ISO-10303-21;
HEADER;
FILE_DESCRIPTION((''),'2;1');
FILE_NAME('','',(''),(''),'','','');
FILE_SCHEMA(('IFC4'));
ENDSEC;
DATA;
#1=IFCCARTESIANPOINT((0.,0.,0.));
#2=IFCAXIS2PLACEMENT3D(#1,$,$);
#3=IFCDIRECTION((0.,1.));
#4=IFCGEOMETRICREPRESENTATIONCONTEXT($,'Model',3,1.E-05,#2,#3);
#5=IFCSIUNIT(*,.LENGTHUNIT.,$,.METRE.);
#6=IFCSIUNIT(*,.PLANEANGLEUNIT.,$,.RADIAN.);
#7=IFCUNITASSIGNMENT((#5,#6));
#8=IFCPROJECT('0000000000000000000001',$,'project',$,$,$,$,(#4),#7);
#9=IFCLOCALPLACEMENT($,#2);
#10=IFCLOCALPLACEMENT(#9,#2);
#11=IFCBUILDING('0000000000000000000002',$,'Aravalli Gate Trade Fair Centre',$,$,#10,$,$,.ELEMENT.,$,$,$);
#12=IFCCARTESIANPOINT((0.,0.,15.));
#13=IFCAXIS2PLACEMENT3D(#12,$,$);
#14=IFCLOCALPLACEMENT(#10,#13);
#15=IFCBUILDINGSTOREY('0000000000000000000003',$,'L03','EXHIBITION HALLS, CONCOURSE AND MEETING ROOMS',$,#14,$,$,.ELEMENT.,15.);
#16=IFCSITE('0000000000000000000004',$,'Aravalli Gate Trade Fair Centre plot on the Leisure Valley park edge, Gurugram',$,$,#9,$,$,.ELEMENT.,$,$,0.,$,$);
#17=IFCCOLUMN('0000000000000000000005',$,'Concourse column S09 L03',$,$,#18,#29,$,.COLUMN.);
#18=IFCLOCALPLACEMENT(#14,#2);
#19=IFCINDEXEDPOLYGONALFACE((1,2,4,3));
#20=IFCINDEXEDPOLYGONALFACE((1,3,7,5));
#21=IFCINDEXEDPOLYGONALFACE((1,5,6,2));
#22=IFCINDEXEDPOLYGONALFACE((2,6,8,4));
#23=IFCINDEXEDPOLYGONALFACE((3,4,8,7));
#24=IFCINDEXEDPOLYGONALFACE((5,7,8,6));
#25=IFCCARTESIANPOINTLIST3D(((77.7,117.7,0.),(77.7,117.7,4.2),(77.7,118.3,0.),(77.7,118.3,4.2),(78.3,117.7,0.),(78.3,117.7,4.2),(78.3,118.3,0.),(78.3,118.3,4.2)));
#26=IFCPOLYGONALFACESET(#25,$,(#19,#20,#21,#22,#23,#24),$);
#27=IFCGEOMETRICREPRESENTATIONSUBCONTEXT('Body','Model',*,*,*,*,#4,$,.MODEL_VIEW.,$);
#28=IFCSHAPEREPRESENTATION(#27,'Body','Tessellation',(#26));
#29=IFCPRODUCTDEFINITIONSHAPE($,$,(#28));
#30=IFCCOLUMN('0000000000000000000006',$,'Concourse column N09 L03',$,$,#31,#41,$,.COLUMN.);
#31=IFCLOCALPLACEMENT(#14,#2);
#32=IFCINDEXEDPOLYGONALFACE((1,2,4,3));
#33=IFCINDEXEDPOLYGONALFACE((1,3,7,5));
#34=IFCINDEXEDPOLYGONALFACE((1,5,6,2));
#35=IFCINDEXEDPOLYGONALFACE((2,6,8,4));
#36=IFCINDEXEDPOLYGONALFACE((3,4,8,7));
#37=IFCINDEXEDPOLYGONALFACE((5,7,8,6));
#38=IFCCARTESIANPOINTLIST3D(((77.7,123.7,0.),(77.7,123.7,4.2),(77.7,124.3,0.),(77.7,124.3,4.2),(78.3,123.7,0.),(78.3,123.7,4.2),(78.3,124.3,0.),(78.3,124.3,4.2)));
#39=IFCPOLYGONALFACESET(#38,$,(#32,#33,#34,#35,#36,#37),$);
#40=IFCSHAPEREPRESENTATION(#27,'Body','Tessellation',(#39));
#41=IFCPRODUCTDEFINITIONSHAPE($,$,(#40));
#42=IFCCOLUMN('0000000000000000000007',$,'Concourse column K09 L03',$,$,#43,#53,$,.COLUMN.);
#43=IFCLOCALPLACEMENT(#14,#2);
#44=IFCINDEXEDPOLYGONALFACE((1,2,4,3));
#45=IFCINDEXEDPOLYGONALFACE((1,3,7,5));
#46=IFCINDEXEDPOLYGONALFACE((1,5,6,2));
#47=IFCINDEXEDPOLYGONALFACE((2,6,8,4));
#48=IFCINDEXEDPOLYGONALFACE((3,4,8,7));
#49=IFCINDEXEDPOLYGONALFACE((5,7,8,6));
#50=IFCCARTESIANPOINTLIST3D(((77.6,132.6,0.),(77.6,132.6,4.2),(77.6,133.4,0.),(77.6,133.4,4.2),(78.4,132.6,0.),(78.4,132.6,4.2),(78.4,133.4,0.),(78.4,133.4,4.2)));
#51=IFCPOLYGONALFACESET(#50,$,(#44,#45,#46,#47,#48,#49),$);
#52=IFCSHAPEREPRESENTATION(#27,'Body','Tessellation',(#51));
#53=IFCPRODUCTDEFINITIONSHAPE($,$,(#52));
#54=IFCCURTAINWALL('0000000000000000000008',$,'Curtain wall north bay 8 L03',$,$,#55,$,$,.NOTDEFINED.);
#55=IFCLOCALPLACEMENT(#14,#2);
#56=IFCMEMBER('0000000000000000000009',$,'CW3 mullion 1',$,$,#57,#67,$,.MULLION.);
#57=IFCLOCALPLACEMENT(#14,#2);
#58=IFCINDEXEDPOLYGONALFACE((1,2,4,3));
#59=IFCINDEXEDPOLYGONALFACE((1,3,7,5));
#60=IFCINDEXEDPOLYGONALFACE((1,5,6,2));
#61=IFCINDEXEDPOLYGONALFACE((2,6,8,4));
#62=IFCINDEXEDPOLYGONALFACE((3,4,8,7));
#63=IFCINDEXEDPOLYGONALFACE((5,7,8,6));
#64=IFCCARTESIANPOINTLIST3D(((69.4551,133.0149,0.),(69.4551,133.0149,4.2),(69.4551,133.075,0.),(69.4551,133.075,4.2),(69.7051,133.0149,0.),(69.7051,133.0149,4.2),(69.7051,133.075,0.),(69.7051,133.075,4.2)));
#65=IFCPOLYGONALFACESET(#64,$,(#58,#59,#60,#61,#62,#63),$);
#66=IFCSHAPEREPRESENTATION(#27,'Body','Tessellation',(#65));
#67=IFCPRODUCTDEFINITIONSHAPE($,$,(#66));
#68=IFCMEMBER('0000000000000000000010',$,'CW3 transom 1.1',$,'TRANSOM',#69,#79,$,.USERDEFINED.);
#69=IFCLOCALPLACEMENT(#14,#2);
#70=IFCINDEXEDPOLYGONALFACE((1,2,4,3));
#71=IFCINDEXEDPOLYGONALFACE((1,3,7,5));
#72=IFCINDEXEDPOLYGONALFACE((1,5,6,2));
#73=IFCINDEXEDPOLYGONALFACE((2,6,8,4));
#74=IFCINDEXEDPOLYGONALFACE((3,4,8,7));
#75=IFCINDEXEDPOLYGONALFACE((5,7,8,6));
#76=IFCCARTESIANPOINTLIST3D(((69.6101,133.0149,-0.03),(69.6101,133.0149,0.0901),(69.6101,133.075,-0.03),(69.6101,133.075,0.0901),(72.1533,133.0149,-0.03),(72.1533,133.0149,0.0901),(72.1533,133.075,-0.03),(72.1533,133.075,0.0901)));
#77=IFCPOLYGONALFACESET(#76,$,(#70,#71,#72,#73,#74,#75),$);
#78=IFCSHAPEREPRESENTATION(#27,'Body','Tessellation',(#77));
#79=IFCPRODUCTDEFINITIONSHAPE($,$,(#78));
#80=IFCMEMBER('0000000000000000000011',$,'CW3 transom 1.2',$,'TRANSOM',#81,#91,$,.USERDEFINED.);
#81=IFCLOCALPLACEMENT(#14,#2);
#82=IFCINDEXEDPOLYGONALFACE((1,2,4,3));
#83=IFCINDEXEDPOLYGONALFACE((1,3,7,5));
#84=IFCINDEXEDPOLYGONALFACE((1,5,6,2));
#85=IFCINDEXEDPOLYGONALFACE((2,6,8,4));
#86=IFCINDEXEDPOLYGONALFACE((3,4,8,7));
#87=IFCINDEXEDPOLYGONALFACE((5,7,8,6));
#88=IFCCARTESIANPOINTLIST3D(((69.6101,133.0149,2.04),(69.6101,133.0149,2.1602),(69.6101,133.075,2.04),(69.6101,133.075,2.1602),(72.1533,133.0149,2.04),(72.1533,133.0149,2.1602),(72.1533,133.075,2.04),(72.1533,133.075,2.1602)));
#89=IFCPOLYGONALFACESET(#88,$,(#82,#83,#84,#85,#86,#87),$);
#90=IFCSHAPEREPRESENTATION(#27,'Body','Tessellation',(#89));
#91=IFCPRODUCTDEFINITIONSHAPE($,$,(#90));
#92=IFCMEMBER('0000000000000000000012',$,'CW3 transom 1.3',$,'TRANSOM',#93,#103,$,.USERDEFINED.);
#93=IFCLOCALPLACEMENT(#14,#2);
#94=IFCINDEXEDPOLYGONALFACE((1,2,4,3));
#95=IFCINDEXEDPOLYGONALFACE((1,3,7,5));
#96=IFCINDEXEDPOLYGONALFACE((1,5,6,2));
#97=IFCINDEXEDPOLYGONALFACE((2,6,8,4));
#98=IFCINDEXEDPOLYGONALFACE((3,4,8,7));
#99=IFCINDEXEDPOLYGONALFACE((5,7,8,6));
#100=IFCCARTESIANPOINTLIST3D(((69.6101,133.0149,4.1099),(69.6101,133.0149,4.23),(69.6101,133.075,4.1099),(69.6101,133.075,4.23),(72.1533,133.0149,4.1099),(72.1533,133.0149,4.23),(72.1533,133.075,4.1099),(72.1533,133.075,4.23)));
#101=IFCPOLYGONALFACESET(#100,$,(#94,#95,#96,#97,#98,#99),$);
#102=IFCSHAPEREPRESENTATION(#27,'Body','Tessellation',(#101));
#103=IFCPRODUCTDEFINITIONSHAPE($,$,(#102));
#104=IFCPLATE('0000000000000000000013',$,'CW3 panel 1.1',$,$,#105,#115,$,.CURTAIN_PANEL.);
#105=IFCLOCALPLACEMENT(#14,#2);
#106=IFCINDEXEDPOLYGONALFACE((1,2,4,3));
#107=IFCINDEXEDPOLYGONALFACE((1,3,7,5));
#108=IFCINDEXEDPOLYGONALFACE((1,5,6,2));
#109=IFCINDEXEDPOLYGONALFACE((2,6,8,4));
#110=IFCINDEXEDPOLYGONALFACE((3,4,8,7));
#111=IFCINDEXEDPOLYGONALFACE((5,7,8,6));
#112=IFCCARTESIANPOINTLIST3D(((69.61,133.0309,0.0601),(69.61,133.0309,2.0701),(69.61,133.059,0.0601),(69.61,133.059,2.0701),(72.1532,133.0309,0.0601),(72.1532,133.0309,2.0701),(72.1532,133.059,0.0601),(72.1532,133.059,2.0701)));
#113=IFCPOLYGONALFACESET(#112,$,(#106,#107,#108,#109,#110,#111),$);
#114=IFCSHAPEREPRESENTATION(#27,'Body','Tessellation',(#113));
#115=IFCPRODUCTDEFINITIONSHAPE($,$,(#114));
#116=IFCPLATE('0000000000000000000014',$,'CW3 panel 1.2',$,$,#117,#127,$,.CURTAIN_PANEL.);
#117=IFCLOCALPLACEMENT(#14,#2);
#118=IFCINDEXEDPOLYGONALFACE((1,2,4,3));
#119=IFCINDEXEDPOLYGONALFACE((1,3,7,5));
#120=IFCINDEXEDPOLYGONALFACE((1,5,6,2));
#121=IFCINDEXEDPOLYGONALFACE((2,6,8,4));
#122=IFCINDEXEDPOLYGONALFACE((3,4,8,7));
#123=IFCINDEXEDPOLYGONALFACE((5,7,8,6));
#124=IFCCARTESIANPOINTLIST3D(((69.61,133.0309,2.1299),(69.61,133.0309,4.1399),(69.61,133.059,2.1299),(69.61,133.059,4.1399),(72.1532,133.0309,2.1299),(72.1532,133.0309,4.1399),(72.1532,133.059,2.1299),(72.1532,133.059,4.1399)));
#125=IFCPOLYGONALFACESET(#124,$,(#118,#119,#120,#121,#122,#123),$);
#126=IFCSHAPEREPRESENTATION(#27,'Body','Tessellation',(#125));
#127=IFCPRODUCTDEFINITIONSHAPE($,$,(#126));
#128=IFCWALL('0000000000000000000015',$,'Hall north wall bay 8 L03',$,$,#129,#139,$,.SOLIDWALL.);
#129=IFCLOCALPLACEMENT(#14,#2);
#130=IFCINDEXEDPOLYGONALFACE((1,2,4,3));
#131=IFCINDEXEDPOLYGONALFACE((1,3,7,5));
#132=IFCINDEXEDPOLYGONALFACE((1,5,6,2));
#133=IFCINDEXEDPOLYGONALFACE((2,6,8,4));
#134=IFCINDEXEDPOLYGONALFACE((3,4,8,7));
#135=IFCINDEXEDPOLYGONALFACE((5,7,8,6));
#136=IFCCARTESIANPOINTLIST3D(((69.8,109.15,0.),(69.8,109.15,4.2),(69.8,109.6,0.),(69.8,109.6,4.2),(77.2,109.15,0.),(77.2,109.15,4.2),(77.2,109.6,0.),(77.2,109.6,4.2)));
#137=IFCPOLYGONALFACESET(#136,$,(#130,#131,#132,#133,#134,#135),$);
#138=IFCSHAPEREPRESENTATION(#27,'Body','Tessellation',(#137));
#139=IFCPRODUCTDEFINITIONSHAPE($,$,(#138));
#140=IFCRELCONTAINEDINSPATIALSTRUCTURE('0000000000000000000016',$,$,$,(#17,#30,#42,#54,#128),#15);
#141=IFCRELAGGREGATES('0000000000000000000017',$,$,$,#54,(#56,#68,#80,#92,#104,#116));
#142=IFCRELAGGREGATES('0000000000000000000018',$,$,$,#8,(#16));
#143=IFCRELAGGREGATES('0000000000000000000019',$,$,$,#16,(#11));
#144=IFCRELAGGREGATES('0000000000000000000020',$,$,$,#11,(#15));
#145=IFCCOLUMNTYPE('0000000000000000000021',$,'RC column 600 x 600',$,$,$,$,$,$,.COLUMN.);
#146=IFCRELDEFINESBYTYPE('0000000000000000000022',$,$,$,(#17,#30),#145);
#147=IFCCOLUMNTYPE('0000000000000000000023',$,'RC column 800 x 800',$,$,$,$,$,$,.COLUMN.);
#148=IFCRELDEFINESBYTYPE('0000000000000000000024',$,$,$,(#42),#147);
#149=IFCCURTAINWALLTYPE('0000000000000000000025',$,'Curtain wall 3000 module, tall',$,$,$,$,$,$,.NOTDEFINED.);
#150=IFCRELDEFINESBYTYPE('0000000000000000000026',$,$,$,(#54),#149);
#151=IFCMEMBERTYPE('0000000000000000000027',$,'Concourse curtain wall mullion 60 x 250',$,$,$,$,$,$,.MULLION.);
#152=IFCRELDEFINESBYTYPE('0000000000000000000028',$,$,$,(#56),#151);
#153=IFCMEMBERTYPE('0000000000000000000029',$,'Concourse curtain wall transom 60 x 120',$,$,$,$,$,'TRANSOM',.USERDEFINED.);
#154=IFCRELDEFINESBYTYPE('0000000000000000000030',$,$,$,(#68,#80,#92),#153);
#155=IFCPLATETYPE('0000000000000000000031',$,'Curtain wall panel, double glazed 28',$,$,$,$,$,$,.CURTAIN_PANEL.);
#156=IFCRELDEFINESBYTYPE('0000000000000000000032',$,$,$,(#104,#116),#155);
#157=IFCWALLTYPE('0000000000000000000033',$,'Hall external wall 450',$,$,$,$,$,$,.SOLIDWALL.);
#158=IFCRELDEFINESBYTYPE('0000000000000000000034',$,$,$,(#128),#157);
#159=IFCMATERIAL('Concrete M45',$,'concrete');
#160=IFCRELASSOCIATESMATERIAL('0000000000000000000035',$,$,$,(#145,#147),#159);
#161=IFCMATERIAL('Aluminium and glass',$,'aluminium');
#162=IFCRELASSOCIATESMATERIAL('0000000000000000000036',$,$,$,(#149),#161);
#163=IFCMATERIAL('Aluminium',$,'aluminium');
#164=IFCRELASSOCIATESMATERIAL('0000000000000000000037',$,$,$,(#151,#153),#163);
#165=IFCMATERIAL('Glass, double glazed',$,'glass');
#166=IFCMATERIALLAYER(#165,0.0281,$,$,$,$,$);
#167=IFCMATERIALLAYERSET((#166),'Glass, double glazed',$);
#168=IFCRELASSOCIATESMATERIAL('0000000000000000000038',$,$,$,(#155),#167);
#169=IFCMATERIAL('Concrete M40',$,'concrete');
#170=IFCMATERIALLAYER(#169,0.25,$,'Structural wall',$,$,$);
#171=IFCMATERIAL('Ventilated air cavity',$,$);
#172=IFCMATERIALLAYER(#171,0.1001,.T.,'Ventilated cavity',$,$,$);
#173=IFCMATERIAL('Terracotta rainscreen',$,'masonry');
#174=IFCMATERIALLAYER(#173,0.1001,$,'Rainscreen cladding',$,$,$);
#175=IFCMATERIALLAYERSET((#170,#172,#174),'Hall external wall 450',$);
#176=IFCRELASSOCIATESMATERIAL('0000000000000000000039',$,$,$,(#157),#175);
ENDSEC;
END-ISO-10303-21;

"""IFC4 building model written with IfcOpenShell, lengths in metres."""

from ifc_helpers import new_model, si_unit, direction, frame, frame_2d, origin, origin_2d, place, context, subcontext, project, spatial, rectangle, extrude, material, layer, layer_set, material_profile, profile_set, type_object, element, aggregate, save


model = new_model("IFC4")

# Units and contexts
model_context = context("Model", 3, precision=1e-05, world=origin(), true_north=direction((0.0, 1.0)))
body_context = subcontext(model_context, "Body", "Model", "MODEL_VIEW")
ifc_project = project(units=[si_unit("LENGTHUNIT", "METRE"), si_unit("PLANEANGLEUNIT", "RADIAN")], contexts=[model_context])

# Site, building, storey
site_placement = place(None, origin())
site = spatial("IfcSite", under=ifc_project, at=site_placement, Name="Aravalli Gate Trade Fair Centre plot on the Leisure Valley park edge, Gurugram", CompositionType="ELEMENT", RefElevation=0.0)
building_placement = place(site_placement, origin())
building = spatial("IfcBuilding", under=site, at=building_placement, Name="Aravalli Gate Trade Fair Centre", CompositionType="ELEMENT")
storey_placement = place(building_placement, frame((0.0, 0.0, 15.0)))
storey = spatial("IfcBuildingStorey", under=building, at=storey_placement, Name="L03", Description="EXHIBITION HALLS, CONCOURSE AND MEETING ROOMS", CompositionType="ELEMENT", Elevation=15.0)

# Columns
ifc_material_1 = material(Name="Concrete M45", Category="concrete")
ifc_material_profile_1 = material_profile(ifc_material_1, rectangle(XDim=0.6001, YDim=0.6001, at=origin_2d()), Name="RC column 600 x 600")
ifc_profile_set_1 = profile_set([ifc_material_profile_1], Name="Concrete M45")
column_type_1 = type_object("IfcColumnType", Name="RC column 600 x 600", PredefinedType="COLUMN", material=ifc_profile_set_1)
for number, where, z_axis, x_axis, name in (
    (1, (78.0, 118.0, 0.0), (0.0, 0.0, 1.0), (1.0, 0.0, 0.0), "Concourse column S09 L03"),
    (2, (78.0, 124.0, 0.0), (0.0, 0.0, 1.0), (1.0, 0.0, 0.0), "Concourse column N09 L03"),
):
    element("IfcColumn", number, at=place(storey_placement, frame(where, z_axis=z_axis, x_axis=x_axis)), inside=storey, type_object=column_type_1, Name=name, PredefinedType="COLUMN", context=body_context, shape_type="SweptSolid", body=[
        extrude(rectangle(XDim=0.6001, YDim=0.6001, at=origin_2d()), origin(), (0.0, 0.0, 1.0), 4.2),
    ])
ifc_material_profile_2 = material_profile(ifc_material_1, rectangle(XDim=0.8, YDim=0.8, at=origin_2d()), Name="RC column 800 x 800")
ifc_profile_set_2 = profile_set([ifc_material_profile_2], Name="Concrete M45")
column_type_2 = type_object("IfcColumnType", Name="RC column 800 x 800", PredefinedType="COLUMN", material=ifc_profile_set_2)
column_placement = place(storey_placement, frame((78.0, 133.0, 0.0), z_axis=(0.0, 0.0, 1.0), x_axis=(1.0, 0.0, 0.0)))
element("IfcColumn", 3, at=column_placement, inside=storey, type_object=column_type_2, Name="Concourse column K09 L03", PredefinedType="COLUMN", context=body_context, shape_type="SweptSolid", body=[
    extrude(rectangle(XDim=0.8, YDim=0.8, at=origin_2d()), origin(), (0.0, 0.0, 1.0), 4.2),
])

# Curtain wall, members, plates
ifc_material_2 = material(Name="Aluminium and glass", Category="aluminium")
curtain_wall_type = type_object("IfcCurtainWallType", Name="Curtain wall 3000 module, tall", PredefinedType="NOTDEFINED", material=ifc_material_2)
curtain_wall_placement = place(storey_placement, origin())
curtain_wall = element("IfcCurtainWall", 4, at=curtain_wall_placement, inside=storey, type_object=curtain_wall_type, Name="Curtain wall north bay 8 L03", PredefinedType="NOTDEFINED")
ifc_material_3 = material(Name="Aluminium", Category="aluminium")
ifc_material_profile_3 = material_profile(ifc_material_3, rectangle(XDim=0.0601, YDim=0.25, at=origin_2d()), Name="Concourse curtain wall mullion 60 x 250")
ifc_profile_set_3 = profile_set([ifc_material_profile_3], Name="Aluminium")
member_type_1 = type_object("IfcMemberType", Name="Concourse curtain wall mullion 60 x 250", PredefinedType="MULLION", material=ifc_profile_set_3)
member_1_placement = place(storey_placement, frame((69.5801, 133.0449, 0.0), z_axis=(0.0, 0.0, 1.0), x_axis=(0.0, 1.0, 0.0)))
member_1 = element("IfcMember", 5, at=member_1_placement, type_object=member_type_1, Name="CW3 mullion 1", PredefinedType="MULLION", context=body_context, shape_type="SweptSolid", body=[
    extrude(rectangle(XDim=0.0601, YDim=0.25, at=origin_2d()), origin(), (0.0, 0.0, 1.0), 4.2),
])
ifc_material_profile_4 = material_profile(ifc_material_3, rectangle(XDim=0.0601, YDim=0.1201, at=origin_2d()), Name="Concourse curtain wall transom 60 x 120")
ifc_profile_set_4 = profile_set([ifc_material_profile_4], Name="Aluminium")
member_type_2 = type_object("IfcMemberType", Name="Concourse curtain wall transom 60 x 120", ElementType="TRANSOM", PredefinedType="USERDEFINED", material=ifc_profile_set_4)
member_2_placement = place(storey_placement, frame((69.6101, 133.0449, 0.03), z_axis=(1.0, 0.0, 0.0), x_axis=(0.0, 1.0, 0.0)))
member_2 = element("IfcMember", 6, at=member_2_placement, type_object=member_type_2, Name="CW3 transom 1.1", ObjectType="TRANSOM", PredefinedType="USERDEFINED", context=body_context, shape_type="SweptSolid", body=[
    extrude(rectangle(XDim=0.0601, YDim=0.1201, at=origin_2d()), origin(), (0.0, 0.0, 1.0), 2.5432),
])
member_3_placement = place(storey_placement, frame((69.6101, 133.0449, 2.1001), z_axis=(1.0, 0.0, 0.0), x_axis=(0.0, 1.0, 0.0)))
member_3 = element("IfcMember", 7, at=member_3_placement, type_object=member_type_2, Name="CW3 transom 1.2", ObjectType="TRANSOM", PredefinedType="USERDEFINED", context=body_context, shape_type="SweptSolid", body=[
    extrude(rectangle(XDim=0.0601, YDim=0.1201, at=origin_2d()), origin(), (0.0, 0.0, 1.0), 2.5432),
])
member_4_placement = place(storey_placement, frame((69.6101, 133.0449, 4.1699), z_axis=(1.0, 0.0, 0.0), x_axis=(0.0, 1.0, 0.0)))
member_4 = element("IfcMember", 8, at=member_4_placement, type_object=member_type_2, Name="CW3 transom 1.3", ObjectType="TRANSOM", PredefinedType="USERDEFINED", context=body_context, shape_type="SweptSolid", body=[
    extrude(rectangle(XDim=0.0601, YDim=0.1201, at=origin_2d()), origin(), (0.0, 0.0, 1.0), 2.5432),
])
ifc_material_4 = material(Name="Glass, double glazed", Category="glass")
ifc_layer_1 = layer(ifc_material_4, 0.0281)
ifc_layer_set_1 = layer_set([ifc_layer_1], Name="Glass, double glazed")
plate_type = type_object("IfcPlateType", Name="Curtain wall panel, double glazed 28", PredefinedType="CURTAIN_PANEL", material=ifc_layer_set_1)
plate_1_placement = place(storey_placement, frame((70.8816, 133.0449, 0.0601), z_axis=(0.0, 0.0, 1.0), x_axis=(1.0, 0.0, 0.0)))
plate_1 = element("IfcPlate", 9, at=plate_1_placement, type_object=plate_type, Name="CW3 panel 1.1", PredefinedType="CURTAIN_PANEL", context=body_context, shape_type="SweptSolid", body=[
    extrude(rectangle(XDim=2.5432, YDim=0.0281, at=origin_2d()), origin(), (0.0, 0.0, 1.0), 2.01),
])
plate_2_placement = place(storey_placement, frame((70.8816, 133.0449, 2.1299), z_axis=(0.0, 0.0, 1.0), x_axis=(1.0, 0.0, 0.0)))
plate_2 = element("IfcPlate", 10, at=plate_2_placement, type_object=plate_type, Name="CW3 panel 1.2", PredefinedType="CURTAIN_PANEL", context=body_context, shape_type="SweptSolid", body=[
    extrude(rectangle(XDim=2.5432, YDim=0.0281, at=origin_2d()), origin(), (0.0, 0.0, 1.0), 2.01),
])
aggregate(curtain_wall, [member_1, member_2, member_3, member_4, plate_1, plate_2])

# Wall
ifc_material_5 = material(Name="Concrete M40", Category="concrete")
ifc_layer_2 = layer(ifc_material_5, 0.25, Name="Structural wall")
ifc_material_6 = material(Name="Ventilated air cavity")
ifc_layer_3 = layer(ifc_material_6, 0.1001, ventilated=True, Name="Ventilated cavity")
ifc_material_7 = material(Name="Terracotta rainscreen", Category="masonry")
ifc_layer_4 = layer(ifc_material_7, 0.1001, Name="Rainscreen cladding")
ifc_layer_set_2 = layer_set([ifc_layer_2, ifc_layer_3, ifc_layer_4], Name="Hall external wall 450")
wall_type_1 = type_object("IfcWallType", Name="Hall external wall 450", PredefinedType="SOLIDWALL", material=ifc_layer_set_2)
wall_1_placement = place(storey_placement, frame((69.8, 109.375, 0.0), z_axis=(0.0, 0.0, 1.0), x_axis=(1.0, 0.0, 0.0)))
element("IfcWall", 11, at=wall_1_placement, inside=storey, type_object=wall_type_1, Name="Hall north wall bay 8 L03", PredefinedType="SOLIDWALL", context=body_context, shape_type="SweptSolid", body=[
    extrude(rectangle(XDim=7.3999, YDim=0.45, at=frame_2d((3.7, 0.0))), origin(), (0.0, 0.0, 1.0), 4.2),
])

save(model, "model.ifc")
